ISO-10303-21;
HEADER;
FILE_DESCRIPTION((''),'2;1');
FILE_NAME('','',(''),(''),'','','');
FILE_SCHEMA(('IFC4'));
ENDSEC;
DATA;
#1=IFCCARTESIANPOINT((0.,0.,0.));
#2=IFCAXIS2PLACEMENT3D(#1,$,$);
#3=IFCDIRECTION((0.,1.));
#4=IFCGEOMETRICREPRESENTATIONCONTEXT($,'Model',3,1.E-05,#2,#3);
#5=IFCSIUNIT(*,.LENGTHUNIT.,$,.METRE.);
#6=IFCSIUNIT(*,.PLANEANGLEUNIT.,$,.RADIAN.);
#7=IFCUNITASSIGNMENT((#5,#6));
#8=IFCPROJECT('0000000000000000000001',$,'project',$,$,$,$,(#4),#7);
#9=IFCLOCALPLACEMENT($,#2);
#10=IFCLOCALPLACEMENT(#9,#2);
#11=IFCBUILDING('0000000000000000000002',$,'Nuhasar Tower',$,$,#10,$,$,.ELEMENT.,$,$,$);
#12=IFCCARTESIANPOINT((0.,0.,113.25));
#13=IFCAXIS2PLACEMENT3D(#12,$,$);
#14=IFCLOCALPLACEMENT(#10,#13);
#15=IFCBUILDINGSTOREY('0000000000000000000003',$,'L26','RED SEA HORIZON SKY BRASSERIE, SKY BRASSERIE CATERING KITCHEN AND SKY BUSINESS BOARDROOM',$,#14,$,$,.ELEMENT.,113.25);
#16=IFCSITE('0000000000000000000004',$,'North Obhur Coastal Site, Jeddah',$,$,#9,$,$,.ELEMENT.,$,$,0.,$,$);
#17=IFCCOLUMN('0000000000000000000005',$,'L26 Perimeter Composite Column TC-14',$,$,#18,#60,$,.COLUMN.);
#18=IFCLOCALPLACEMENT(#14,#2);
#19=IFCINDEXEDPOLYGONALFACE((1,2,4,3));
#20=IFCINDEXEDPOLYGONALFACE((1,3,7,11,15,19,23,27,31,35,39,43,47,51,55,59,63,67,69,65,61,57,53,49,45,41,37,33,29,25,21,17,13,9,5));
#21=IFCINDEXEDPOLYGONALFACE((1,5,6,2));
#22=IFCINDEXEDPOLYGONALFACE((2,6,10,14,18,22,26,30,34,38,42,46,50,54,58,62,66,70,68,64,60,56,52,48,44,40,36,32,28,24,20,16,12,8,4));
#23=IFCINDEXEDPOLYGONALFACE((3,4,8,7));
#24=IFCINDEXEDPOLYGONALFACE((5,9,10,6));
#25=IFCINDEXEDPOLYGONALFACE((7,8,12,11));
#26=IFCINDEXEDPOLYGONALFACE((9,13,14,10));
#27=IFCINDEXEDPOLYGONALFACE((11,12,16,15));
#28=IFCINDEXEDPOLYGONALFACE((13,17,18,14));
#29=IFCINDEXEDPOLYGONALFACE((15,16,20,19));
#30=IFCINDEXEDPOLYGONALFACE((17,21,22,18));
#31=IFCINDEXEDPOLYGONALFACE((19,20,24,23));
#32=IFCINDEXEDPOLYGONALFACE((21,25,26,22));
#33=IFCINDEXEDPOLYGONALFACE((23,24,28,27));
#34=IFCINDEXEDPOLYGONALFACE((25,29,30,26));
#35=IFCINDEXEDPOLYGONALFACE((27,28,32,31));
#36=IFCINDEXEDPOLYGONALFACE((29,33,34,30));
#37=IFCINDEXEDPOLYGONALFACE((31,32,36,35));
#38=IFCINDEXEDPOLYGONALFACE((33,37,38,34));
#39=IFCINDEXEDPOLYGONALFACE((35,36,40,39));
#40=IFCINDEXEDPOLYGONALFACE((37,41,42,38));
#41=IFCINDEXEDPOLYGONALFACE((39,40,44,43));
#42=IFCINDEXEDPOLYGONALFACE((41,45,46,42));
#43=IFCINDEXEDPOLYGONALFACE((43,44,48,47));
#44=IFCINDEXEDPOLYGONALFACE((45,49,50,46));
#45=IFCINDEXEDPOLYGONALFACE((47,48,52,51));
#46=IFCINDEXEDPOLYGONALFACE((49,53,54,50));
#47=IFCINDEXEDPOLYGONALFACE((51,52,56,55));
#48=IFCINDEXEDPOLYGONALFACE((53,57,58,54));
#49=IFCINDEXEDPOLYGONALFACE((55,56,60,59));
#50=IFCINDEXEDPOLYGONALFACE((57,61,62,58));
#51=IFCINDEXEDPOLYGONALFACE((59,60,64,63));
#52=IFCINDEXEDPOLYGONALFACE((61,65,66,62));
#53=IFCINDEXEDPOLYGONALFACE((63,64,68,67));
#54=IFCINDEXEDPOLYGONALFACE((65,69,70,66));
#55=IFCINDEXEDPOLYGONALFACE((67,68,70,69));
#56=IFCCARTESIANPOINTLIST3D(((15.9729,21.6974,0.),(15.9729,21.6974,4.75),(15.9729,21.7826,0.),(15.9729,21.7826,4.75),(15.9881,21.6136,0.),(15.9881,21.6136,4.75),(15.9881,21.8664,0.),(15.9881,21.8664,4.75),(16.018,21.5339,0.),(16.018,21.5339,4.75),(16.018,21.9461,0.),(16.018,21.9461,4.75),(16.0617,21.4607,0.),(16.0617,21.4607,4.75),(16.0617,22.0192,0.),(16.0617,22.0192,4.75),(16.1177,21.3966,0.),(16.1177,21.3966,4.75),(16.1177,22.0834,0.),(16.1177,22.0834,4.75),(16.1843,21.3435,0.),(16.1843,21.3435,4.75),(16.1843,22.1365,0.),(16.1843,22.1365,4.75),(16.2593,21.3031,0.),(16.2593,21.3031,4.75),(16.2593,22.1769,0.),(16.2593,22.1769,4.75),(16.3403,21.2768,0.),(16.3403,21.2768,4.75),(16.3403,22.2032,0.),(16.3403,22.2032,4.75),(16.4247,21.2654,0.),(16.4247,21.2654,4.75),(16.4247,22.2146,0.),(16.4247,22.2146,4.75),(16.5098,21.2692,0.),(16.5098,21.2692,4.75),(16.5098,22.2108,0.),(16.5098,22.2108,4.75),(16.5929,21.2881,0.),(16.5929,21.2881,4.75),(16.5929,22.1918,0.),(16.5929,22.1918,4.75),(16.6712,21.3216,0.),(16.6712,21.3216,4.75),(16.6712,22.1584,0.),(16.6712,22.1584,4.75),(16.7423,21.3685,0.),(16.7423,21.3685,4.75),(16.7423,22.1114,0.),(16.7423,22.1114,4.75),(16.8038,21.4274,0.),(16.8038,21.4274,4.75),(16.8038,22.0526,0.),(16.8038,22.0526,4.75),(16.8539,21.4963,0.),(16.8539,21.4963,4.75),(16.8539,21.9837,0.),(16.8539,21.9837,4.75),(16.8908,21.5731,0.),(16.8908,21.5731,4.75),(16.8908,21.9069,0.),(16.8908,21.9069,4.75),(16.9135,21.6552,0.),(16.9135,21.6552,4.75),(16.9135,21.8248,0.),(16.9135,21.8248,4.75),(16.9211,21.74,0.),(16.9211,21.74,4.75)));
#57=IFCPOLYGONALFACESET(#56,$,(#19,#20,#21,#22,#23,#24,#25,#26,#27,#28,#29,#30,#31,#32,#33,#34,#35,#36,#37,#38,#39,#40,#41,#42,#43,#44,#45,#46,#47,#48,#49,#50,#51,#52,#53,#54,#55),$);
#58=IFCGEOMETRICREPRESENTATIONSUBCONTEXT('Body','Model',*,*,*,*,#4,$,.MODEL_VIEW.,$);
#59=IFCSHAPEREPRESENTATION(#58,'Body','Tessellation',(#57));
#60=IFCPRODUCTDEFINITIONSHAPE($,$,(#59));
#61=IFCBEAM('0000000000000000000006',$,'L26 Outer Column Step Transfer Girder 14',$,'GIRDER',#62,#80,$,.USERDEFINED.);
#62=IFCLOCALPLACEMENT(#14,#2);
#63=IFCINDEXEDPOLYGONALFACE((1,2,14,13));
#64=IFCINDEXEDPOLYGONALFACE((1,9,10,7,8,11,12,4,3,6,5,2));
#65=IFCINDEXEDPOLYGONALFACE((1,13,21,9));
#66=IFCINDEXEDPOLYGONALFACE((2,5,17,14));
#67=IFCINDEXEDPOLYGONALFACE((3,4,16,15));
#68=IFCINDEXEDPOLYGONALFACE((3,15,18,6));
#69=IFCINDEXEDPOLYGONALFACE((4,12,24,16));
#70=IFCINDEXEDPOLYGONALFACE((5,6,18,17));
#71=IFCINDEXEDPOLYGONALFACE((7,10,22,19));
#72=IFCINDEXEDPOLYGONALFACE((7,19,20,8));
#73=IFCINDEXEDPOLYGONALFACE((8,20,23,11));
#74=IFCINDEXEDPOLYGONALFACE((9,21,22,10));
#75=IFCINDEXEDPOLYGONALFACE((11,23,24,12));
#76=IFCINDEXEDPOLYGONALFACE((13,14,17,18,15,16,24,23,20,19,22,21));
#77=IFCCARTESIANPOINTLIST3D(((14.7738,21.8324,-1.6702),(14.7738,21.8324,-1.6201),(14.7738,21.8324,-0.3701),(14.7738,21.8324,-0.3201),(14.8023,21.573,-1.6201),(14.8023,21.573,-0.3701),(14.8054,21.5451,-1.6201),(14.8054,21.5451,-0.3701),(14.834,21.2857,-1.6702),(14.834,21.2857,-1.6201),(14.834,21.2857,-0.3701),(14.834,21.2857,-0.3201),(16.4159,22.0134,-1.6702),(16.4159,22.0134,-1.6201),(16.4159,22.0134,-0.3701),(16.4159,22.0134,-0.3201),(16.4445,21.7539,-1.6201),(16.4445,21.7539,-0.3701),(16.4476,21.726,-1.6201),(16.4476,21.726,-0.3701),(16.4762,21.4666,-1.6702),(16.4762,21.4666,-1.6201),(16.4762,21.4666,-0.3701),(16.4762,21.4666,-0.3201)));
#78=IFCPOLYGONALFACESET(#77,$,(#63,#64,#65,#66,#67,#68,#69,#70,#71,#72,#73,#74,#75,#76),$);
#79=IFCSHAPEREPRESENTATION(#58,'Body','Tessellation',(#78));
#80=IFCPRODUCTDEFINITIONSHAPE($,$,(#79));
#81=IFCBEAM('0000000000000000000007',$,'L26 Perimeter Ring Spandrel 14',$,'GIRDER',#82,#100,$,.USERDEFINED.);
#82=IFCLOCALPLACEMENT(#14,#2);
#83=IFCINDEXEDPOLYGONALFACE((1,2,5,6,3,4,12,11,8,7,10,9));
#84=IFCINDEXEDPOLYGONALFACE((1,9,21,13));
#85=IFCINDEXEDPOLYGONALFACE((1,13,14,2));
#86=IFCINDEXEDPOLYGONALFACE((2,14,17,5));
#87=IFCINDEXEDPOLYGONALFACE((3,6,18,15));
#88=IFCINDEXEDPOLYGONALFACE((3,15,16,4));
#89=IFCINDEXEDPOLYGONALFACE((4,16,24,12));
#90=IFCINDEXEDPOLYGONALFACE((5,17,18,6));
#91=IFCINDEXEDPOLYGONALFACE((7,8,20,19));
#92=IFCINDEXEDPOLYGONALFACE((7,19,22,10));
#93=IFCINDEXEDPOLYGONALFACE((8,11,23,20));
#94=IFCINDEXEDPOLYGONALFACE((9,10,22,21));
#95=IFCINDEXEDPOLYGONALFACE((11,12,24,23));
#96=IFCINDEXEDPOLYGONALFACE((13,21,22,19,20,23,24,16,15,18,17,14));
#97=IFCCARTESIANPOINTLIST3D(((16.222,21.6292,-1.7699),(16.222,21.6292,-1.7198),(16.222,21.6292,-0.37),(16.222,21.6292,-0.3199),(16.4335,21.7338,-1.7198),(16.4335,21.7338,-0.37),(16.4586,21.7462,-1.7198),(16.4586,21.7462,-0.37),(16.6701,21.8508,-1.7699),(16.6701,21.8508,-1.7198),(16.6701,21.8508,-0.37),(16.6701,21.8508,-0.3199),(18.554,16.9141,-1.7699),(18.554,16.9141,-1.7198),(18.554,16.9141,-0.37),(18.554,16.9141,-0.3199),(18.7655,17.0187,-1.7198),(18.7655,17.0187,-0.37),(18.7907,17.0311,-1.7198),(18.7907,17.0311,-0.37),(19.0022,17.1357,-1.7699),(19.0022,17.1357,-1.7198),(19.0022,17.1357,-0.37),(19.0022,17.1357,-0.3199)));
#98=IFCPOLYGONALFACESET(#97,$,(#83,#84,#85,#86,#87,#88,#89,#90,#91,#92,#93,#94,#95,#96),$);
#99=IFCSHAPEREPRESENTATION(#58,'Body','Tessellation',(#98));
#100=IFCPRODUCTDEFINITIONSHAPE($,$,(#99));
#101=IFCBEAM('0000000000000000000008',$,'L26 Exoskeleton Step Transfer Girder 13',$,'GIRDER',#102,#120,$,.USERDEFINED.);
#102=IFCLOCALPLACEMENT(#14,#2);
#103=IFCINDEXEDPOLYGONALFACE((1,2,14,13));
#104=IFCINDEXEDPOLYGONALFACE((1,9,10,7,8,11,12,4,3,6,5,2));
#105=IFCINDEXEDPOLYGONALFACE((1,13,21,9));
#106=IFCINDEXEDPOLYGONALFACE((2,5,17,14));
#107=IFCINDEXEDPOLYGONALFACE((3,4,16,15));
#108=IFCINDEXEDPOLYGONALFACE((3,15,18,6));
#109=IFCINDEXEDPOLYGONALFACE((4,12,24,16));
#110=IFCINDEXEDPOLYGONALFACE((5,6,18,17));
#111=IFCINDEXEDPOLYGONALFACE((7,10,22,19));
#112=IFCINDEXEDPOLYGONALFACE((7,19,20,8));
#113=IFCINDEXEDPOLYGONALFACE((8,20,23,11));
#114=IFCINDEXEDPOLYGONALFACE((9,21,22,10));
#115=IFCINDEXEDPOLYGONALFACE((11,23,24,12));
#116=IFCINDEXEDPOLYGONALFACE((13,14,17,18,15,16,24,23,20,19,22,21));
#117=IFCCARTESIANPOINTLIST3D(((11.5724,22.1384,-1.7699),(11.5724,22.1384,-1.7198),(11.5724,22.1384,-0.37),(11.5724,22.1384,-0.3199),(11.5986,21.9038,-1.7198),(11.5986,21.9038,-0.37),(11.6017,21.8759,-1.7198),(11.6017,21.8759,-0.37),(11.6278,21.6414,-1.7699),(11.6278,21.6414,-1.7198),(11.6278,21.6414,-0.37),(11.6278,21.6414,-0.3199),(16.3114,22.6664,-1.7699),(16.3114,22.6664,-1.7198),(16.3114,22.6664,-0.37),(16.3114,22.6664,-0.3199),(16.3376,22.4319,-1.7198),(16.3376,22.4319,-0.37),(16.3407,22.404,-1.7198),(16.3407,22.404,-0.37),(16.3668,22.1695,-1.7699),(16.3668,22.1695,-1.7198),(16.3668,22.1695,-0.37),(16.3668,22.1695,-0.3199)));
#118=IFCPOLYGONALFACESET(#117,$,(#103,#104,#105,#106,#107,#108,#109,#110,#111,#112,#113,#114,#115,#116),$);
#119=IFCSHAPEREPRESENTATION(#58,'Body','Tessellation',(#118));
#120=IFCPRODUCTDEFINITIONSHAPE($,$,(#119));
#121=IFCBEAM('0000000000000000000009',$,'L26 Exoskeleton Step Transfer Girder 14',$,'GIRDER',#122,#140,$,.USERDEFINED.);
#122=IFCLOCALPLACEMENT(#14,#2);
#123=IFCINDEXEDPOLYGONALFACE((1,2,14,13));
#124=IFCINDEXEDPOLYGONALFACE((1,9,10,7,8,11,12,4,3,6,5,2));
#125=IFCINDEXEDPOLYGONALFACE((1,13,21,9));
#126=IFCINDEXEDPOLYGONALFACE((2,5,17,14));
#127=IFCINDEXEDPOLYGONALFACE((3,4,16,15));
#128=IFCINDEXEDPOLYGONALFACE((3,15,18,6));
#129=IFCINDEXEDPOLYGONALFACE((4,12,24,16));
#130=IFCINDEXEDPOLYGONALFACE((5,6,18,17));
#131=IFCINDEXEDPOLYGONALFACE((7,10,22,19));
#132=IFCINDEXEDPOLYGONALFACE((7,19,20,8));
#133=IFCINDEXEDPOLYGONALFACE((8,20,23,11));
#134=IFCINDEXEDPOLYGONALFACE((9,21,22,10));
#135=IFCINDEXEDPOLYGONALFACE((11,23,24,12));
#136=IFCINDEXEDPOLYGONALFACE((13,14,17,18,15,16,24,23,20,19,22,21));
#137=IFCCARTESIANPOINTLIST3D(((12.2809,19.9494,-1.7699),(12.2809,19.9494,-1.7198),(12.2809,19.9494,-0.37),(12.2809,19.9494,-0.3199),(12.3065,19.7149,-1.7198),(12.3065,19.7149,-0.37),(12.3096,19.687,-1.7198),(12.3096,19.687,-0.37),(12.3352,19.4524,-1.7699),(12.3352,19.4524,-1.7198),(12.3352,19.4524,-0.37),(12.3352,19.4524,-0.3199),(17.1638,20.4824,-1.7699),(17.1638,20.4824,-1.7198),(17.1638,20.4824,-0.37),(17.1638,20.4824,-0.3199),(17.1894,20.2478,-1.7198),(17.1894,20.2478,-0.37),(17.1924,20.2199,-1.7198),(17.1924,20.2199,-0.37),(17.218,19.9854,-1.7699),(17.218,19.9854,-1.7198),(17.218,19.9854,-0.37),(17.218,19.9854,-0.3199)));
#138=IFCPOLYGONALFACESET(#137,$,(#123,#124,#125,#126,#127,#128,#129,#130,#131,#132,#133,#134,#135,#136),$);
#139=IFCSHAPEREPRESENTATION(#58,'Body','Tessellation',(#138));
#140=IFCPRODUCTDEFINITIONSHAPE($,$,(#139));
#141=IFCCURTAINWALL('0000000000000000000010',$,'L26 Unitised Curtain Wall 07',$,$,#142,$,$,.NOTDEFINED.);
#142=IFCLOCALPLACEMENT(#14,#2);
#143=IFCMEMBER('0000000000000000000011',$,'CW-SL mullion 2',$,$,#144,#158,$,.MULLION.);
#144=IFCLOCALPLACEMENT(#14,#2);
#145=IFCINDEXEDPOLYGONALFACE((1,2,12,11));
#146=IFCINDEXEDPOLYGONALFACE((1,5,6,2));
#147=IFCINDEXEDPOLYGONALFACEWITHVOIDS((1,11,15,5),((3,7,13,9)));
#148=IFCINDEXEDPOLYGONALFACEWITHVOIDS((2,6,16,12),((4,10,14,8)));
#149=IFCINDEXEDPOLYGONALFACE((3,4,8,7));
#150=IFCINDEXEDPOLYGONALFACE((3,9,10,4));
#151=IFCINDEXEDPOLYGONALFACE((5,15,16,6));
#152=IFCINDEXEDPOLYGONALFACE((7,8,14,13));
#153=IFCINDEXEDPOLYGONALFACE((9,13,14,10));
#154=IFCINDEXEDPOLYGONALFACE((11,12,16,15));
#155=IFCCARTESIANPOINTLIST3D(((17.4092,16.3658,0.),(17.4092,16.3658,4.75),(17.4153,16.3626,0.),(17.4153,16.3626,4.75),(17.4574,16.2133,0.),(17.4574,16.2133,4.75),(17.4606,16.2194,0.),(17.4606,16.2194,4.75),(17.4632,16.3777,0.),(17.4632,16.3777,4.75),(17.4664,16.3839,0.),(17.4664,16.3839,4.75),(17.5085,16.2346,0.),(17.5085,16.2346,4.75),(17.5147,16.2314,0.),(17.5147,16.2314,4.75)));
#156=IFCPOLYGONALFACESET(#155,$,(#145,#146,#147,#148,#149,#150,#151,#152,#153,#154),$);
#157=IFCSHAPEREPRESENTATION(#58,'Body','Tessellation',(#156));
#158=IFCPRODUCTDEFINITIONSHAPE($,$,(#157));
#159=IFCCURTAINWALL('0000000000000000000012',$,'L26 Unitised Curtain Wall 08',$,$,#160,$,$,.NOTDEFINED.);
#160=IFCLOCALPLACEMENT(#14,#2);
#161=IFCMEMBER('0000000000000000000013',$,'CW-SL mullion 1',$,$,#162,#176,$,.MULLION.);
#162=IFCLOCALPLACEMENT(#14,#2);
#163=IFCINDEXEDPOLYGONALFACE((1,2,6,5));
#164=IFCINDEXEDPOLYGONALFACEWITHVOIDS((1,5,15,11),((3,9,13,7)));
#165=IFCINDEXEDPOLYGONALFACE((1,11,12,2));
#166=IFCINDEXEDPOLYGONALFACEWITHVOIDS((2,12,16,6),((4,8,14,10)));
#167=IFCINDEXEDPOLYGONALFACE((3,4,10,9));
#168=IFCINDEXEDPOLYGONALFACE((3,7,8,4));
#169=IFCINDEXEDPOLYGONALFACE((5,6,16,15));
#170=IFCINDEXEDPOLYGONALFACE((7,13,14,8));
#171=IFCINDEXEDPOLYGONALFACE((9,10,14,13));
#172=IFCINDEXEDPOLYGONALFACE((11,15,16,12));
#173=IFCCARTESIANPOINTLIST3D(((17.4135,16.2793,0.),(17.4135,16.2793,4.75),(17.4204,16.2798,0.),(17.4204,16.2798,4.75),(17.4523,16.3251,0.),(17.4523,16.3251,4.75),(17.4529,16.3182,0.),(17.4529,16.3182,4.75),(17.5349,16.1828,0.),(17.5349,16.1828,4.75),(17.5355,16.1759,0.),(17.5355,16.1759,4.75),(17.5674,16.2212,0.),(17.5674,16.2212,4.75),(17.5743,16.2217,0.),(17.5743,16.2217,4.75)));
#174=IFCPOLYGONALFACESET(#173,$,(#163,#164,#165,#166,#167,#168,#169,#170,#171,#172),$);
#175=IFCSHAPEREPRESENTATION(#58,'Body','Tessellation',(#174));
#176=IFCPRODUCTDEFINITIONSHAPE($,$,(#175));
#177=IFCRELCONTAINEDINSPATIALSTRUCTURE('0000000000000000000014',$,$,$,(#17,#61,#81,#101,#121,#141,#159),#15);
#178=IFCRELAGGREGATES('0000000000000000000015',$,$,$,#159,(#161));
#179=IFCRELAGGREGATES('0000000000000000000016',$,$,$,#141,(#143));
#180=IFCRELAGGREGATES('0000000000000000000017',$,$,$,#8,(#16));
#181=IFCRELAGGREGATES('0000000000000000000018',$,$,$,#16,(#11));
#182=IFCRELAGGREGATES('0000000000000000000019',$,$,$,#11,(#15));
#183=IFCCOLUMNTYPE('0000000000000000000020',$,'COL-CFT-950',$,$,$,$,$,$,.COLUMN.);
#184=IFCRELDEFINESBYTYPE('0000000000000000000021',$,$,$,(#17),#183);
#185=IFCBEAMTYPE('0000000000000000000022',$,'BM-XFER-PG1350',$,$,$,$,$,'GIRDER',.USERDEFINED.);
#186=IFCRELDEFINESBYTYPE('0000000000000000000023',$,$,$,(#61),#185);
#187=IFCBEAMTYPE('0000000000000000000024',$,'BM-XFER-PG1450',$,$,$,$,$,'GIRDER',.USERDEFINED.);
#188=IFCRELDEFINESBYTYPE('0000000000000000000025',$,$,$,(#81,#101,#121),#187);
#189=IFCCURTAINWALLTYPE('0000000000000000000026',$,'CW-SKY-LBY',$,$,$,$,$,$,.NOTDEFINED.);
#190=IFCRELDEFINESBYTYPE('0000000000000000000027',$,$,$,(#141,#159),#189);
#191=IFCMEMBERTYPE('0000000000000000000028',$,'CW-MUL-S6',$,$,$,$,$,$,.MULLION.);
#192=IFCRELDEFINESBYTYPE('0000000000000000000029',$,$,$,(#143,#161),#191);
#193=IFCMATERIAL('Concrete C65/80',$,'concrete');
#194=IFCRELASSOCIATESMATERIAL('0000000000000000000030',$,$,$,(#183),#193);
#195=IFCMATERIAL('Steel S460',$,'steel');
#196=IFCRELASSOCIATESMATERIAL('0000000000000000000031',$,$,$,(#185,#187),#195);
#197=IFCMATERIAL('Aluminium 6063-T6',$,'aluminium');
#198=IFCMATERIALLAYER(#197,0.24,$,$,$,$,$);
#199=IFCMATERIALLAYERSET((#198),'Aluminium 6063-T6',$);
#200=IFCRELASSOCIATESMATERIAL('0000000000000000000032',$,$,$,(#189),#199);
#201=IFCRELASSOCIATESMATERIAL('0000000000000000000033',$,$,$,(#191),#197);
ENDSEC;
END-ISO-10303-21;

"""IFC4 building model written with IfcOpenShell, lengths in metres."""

from ifc_helpers import new_model, si_unit, direction, frame, origin, origin_2d, place, context, subcontext, project, spatial, hollow_rectangle, circle, i_section, extrude, material, layer, layer_set, material_profile, profile_set, type_object, element, aggregate, save


model = new_model("IFC4")

# Units and contexts
model_context = context("Model", 3, precision=1e-05, world=origin(), true_north=direction((0.0, 1.0)))
body_context = subcontext(model_context, "Body", "Model", "MODEL_VIEW")
ifc_project = project(units=[si_unit("LENGTHUNIT", "METRE"), si_unit("PLANEANGLEUNIT", "RADIAN")], contexts=[model_context])

# Site, building, storey
site_placement = place(None, origin())
site = spatial("IfcSite", under=ifc_project, at=site_placement, Name="North Obhur Coastal Site, Jeddah", CompositionType="ELEMENT", RefElevation=0.0)
building_placement = place(site_placement, origin())
building = spatial("IfcBuilding", under=site, at=building_placement, Name="Nuhasar Tower", CompositionType="ELEMENT")
storey_placement = place(building_placement, frame((0.0, 0.0, 113.25)))
storey = spatial("IfcBuildingStorey", under=building, at=storey_placement, Name="L26", Description="RED SEA HORIZON SKY BRASSERIE, SKY BRASSERIE CATERING KITCHEN AND SKY BUSINESS BOARDROOM", CompositionType="ELEMENT", Elevation=113.25)

# Column
ifc_material_1 = material(Name="Concrete C65/80", Category="concrete")
ifc_material_profile_1 = material_profile(ifc_material_1, circle(Radius=0.4751, at=origin_2d()), Name="CFT950")
ifc_profile_set_1 = profile_set([ifc_material_profile_1], Name="Concrete C65/80")
column_type = type_object("IfcColumnType", Name="COL-CFT-950", PredefinedType="COLUMN", material=ifc_profile_set_1)
column_placement = place(storey_placement, frame((16.446, 21.74, 0.0), z_axis=(0.0, 0.0, 1.0), x_axis=(1.0, 0.0, 0.0)))
element("IfcColumn", 1, at=column_placement, inside=storey, type_object=column_type, Name="L26 Perimeter Composite Column TC-14", PredefinedType="COLUMN", context=body_context, shape_type="SweptSolid", body=[
    extrude(circle(Radius=0.4751, at=origin_2d()), origin(), (0.0, 0.0, 1.0), 4.75),
])

# Beams
ifc_material_2 = material(Name="Steel S460", Category="steel")
ifc_material_profile_2 = material_profile(ifc_material_2, i_section(OverallWidth=0.55, OverallDepth=1.3501, WebThickness=0.0281, FlangeThickness=0.05, at=origin_2d()), Name="PG1350X550")
ifc_profile_set_2 = profile_set([ifc_material_profile_2], Name="Steel S460")
beam_type_1 = type_object("IfcBeamType", Name="BM-XFER-PG1350", ElementType="GIRDER", PredefinedType="USERDEFINED", material=ifc_profile_set_2)
beam_1_placement = place(storey_placement, frame((16.446, 21.74, -0.9951), z_axis=(-0.993986, -0.109507, 0.0), x_axis=(0.109507, -0.993986, 0.0)))
element("IfcBeam", 2, at=beam_1_placement, inside=storey, type_object=beam_type_1, Name="L26 Outer Column Step Transfer Girder 14", ObjectType="GIRDER", PredefinedType="USERDEFINED", context=body_context, shape_type="SweptSolid", body=[
    extrude(i_section(OverallWidth=0.55, OverallDepth=1.3501, WebThickness=0.0281, FlangeThickness=0.05, at=origin_2d()), origin(), (0.0, 0.0, 1.0), 1.6521),
])
ifc_material_profile_3 = material_profile(ifc_material_2, i_section(OverallWidth=0.5, OverallDepth=1.45, WebThickness=0.0281, FlangeThickness=0.05, at=origin_2d()), Name="PG1450X500")
ifc_profile_set_3 = profile_set([ifc_material_profile_3], Name="Steel S460")
beam_type_2 = type_object("IfcBeamType", Name="BM-XFER-PG1450", ElementType="GIRDER", PredefinedType="USERDEFINED", material=ifc_profile_set_3)
beam_2_placement = place(storey_placement, frame((16.446, 21.74, -1.0449), z_axis=(0.443329, -0.896359, 0.0), x_axis=(0.896359, 0.443329, 0.0)))
element("IfcBeam", 3, at=beam_2_placement, inside=storey, type_object=beam_type_2, Name="L26 Perimeter Ring Spandrel 14", ObjectType="GIRDER", PredefinedType="USERDEFINED", context=body_context, shape_type="SweptSolid", body=[
    extrude(i_section(OverallWidth=0.5, OverallDepth=1.45, WebThickness=0.0281, FlangeThickness=0.05, at=origin_2d()), origin(), (0.0, 0.0, 1.0), 5.2603),
])
beam_3_placement = place(storey_placement, frame((16.3391, 22.418, -1.0449), z_axis=(-0.993849, -0.110746, 0.0), x_axis=(0.110746, -0.993849, 0.0)))
element("IfcBeam", 4, at=beam_3_placement, inside=storey, type_object=beam_type_2, Name="L26 Exoskeleton Step Transfer Girder 13", ObjectType="GIRDER", PredefinedType="USERDEFINED", context=body_context, shape_type="SweptSolid", body=[
    extrude(i_section(OverallWidth=0.5, OverallDepth=1.45, WebThickness=0.0281, FlangeThickness=0.05, at=origin_2d()), origin(), (0.0, 0.0, 1.0), 4.7683),
])
beam_4_placement = place(storey_placement, frame((17.1909, 20.2339, -1.0449), z_axis=(-0.994096, -0.108506, 0.0), x_axis=(0.108506, -0.994096, 0.0)))
element("IfcBeam", 5, at=beam_4_placement, inside=storey, type_object=beam_type_2, Name="L26 Exoskeleton Step Transfer Girder 14", ObjectType="GIRDER", PredefinedType="USERDEFINED", context=body_context, shape_type="SweptSolid", body=[
    extrude(i_section(OverallWidth=0.5, OverallDepth=1.45, WebThickness=0.0281, FlangeThickness=0.05, at=origin_2d()), origin(), (0.0, 0.0, 1.0), 4.9119),
])

# Curtain wall, member
ifc_material_3 = material(Name="Aluminium 6063-T6", Category="aluminium")
ifc_layer_1 = layer(ifc_material_3, 0.24)
ifc_layer_set_1 = layer_set([ifc_layer_1], Name="Aluminium 6063-T6")
curtain_wall_type = type_object("IfcCurtainWallType", Name="CW-SKY-LBY", PredefinedType="NOTDEFINED", material=ifc_layer_set_1)
curtain_wall_1_placement = place(storey_placement, origin())
curtain_wall_1 = element("IfcCurtainWall", 6, at=curtain_wall_1_placement, inside=storey, type_object=curtain_wall_type, Name="L26 Unitised Curtain Wall 07", PredefinedType="NOTDEFINED")
ifc_material_profile_4 = material_profile(ifc_material_3, hollow_rectangle(XDim=0.0601, YDim=0.1599, WallThickness=0.0049, at=origin_2d()), Name="CWM-6")
ifc_profile_set_4 = profile_set([ifc_material_profile_4], Name="Aluminium 6063-T6")
member_type_1 = type_object("IfcMemberType", Name="CW-MUL-S6", PredefinedType="MULLION", material=ifc_profile_set_4)
member_1_placement = place(storey_placement, frame((17.4619, 16.2986, 0.0), z_axis=(0.0, 0.0, 1.0), x_axis=(0.953433, 0.301604, 0.0)))
member_1 = element("IfcMember", 7, at=member_1_placement, type_object=member_type_1, Name="CW-SL mullion 2", PredefinedType="MULLION", context=body_context, shape_type="SweptSolid", body=[
    extrude(hollow_rectangle(XDim=0.0601, YDim=0.1599, WallThickness=0.0049, at=origin_2d()), origin(), (0.0, 0.0, 1.0), 4.75),
])

# Curtain wall, member
curtain_wall_2_placement = place(storey_placement, origin())
curtain_wall_2 = element("IfcCurtainWall", 8, at=curtain_wall_2_placement, inside=storey, type_object=curtain_wall_type, Name="L26 Unitised Curtain Wall 08", PredefinedType="NOTDEFINED")
member_2_placement = place(storey_placement, frame((17.4939, 16.2505, 0.0), z_axis=(0.0, 0.0, 1.0), x_axis=(0.646374, 0.76302, 0.0)))
member_2 = element("IfcMember", 9, at=member_2_placement, type_object=member_type_1, Name="CW-SL mullion 1", PredefinedType="MULLION", context=body_context, shape_type="SweptSolid", body=[
    extrude(hollow_rectangle(XDim=0.0601, YDim=0.1599, WallThickness=0.0049, at=origin_2d()), origin(), (0.0, 0.0, 1.0), 4.75),
])
aggregate(curtain_wall_2, [member_2])

aggregate(curtain_wall_1, [member_1])

save(model, "model.ifc")
